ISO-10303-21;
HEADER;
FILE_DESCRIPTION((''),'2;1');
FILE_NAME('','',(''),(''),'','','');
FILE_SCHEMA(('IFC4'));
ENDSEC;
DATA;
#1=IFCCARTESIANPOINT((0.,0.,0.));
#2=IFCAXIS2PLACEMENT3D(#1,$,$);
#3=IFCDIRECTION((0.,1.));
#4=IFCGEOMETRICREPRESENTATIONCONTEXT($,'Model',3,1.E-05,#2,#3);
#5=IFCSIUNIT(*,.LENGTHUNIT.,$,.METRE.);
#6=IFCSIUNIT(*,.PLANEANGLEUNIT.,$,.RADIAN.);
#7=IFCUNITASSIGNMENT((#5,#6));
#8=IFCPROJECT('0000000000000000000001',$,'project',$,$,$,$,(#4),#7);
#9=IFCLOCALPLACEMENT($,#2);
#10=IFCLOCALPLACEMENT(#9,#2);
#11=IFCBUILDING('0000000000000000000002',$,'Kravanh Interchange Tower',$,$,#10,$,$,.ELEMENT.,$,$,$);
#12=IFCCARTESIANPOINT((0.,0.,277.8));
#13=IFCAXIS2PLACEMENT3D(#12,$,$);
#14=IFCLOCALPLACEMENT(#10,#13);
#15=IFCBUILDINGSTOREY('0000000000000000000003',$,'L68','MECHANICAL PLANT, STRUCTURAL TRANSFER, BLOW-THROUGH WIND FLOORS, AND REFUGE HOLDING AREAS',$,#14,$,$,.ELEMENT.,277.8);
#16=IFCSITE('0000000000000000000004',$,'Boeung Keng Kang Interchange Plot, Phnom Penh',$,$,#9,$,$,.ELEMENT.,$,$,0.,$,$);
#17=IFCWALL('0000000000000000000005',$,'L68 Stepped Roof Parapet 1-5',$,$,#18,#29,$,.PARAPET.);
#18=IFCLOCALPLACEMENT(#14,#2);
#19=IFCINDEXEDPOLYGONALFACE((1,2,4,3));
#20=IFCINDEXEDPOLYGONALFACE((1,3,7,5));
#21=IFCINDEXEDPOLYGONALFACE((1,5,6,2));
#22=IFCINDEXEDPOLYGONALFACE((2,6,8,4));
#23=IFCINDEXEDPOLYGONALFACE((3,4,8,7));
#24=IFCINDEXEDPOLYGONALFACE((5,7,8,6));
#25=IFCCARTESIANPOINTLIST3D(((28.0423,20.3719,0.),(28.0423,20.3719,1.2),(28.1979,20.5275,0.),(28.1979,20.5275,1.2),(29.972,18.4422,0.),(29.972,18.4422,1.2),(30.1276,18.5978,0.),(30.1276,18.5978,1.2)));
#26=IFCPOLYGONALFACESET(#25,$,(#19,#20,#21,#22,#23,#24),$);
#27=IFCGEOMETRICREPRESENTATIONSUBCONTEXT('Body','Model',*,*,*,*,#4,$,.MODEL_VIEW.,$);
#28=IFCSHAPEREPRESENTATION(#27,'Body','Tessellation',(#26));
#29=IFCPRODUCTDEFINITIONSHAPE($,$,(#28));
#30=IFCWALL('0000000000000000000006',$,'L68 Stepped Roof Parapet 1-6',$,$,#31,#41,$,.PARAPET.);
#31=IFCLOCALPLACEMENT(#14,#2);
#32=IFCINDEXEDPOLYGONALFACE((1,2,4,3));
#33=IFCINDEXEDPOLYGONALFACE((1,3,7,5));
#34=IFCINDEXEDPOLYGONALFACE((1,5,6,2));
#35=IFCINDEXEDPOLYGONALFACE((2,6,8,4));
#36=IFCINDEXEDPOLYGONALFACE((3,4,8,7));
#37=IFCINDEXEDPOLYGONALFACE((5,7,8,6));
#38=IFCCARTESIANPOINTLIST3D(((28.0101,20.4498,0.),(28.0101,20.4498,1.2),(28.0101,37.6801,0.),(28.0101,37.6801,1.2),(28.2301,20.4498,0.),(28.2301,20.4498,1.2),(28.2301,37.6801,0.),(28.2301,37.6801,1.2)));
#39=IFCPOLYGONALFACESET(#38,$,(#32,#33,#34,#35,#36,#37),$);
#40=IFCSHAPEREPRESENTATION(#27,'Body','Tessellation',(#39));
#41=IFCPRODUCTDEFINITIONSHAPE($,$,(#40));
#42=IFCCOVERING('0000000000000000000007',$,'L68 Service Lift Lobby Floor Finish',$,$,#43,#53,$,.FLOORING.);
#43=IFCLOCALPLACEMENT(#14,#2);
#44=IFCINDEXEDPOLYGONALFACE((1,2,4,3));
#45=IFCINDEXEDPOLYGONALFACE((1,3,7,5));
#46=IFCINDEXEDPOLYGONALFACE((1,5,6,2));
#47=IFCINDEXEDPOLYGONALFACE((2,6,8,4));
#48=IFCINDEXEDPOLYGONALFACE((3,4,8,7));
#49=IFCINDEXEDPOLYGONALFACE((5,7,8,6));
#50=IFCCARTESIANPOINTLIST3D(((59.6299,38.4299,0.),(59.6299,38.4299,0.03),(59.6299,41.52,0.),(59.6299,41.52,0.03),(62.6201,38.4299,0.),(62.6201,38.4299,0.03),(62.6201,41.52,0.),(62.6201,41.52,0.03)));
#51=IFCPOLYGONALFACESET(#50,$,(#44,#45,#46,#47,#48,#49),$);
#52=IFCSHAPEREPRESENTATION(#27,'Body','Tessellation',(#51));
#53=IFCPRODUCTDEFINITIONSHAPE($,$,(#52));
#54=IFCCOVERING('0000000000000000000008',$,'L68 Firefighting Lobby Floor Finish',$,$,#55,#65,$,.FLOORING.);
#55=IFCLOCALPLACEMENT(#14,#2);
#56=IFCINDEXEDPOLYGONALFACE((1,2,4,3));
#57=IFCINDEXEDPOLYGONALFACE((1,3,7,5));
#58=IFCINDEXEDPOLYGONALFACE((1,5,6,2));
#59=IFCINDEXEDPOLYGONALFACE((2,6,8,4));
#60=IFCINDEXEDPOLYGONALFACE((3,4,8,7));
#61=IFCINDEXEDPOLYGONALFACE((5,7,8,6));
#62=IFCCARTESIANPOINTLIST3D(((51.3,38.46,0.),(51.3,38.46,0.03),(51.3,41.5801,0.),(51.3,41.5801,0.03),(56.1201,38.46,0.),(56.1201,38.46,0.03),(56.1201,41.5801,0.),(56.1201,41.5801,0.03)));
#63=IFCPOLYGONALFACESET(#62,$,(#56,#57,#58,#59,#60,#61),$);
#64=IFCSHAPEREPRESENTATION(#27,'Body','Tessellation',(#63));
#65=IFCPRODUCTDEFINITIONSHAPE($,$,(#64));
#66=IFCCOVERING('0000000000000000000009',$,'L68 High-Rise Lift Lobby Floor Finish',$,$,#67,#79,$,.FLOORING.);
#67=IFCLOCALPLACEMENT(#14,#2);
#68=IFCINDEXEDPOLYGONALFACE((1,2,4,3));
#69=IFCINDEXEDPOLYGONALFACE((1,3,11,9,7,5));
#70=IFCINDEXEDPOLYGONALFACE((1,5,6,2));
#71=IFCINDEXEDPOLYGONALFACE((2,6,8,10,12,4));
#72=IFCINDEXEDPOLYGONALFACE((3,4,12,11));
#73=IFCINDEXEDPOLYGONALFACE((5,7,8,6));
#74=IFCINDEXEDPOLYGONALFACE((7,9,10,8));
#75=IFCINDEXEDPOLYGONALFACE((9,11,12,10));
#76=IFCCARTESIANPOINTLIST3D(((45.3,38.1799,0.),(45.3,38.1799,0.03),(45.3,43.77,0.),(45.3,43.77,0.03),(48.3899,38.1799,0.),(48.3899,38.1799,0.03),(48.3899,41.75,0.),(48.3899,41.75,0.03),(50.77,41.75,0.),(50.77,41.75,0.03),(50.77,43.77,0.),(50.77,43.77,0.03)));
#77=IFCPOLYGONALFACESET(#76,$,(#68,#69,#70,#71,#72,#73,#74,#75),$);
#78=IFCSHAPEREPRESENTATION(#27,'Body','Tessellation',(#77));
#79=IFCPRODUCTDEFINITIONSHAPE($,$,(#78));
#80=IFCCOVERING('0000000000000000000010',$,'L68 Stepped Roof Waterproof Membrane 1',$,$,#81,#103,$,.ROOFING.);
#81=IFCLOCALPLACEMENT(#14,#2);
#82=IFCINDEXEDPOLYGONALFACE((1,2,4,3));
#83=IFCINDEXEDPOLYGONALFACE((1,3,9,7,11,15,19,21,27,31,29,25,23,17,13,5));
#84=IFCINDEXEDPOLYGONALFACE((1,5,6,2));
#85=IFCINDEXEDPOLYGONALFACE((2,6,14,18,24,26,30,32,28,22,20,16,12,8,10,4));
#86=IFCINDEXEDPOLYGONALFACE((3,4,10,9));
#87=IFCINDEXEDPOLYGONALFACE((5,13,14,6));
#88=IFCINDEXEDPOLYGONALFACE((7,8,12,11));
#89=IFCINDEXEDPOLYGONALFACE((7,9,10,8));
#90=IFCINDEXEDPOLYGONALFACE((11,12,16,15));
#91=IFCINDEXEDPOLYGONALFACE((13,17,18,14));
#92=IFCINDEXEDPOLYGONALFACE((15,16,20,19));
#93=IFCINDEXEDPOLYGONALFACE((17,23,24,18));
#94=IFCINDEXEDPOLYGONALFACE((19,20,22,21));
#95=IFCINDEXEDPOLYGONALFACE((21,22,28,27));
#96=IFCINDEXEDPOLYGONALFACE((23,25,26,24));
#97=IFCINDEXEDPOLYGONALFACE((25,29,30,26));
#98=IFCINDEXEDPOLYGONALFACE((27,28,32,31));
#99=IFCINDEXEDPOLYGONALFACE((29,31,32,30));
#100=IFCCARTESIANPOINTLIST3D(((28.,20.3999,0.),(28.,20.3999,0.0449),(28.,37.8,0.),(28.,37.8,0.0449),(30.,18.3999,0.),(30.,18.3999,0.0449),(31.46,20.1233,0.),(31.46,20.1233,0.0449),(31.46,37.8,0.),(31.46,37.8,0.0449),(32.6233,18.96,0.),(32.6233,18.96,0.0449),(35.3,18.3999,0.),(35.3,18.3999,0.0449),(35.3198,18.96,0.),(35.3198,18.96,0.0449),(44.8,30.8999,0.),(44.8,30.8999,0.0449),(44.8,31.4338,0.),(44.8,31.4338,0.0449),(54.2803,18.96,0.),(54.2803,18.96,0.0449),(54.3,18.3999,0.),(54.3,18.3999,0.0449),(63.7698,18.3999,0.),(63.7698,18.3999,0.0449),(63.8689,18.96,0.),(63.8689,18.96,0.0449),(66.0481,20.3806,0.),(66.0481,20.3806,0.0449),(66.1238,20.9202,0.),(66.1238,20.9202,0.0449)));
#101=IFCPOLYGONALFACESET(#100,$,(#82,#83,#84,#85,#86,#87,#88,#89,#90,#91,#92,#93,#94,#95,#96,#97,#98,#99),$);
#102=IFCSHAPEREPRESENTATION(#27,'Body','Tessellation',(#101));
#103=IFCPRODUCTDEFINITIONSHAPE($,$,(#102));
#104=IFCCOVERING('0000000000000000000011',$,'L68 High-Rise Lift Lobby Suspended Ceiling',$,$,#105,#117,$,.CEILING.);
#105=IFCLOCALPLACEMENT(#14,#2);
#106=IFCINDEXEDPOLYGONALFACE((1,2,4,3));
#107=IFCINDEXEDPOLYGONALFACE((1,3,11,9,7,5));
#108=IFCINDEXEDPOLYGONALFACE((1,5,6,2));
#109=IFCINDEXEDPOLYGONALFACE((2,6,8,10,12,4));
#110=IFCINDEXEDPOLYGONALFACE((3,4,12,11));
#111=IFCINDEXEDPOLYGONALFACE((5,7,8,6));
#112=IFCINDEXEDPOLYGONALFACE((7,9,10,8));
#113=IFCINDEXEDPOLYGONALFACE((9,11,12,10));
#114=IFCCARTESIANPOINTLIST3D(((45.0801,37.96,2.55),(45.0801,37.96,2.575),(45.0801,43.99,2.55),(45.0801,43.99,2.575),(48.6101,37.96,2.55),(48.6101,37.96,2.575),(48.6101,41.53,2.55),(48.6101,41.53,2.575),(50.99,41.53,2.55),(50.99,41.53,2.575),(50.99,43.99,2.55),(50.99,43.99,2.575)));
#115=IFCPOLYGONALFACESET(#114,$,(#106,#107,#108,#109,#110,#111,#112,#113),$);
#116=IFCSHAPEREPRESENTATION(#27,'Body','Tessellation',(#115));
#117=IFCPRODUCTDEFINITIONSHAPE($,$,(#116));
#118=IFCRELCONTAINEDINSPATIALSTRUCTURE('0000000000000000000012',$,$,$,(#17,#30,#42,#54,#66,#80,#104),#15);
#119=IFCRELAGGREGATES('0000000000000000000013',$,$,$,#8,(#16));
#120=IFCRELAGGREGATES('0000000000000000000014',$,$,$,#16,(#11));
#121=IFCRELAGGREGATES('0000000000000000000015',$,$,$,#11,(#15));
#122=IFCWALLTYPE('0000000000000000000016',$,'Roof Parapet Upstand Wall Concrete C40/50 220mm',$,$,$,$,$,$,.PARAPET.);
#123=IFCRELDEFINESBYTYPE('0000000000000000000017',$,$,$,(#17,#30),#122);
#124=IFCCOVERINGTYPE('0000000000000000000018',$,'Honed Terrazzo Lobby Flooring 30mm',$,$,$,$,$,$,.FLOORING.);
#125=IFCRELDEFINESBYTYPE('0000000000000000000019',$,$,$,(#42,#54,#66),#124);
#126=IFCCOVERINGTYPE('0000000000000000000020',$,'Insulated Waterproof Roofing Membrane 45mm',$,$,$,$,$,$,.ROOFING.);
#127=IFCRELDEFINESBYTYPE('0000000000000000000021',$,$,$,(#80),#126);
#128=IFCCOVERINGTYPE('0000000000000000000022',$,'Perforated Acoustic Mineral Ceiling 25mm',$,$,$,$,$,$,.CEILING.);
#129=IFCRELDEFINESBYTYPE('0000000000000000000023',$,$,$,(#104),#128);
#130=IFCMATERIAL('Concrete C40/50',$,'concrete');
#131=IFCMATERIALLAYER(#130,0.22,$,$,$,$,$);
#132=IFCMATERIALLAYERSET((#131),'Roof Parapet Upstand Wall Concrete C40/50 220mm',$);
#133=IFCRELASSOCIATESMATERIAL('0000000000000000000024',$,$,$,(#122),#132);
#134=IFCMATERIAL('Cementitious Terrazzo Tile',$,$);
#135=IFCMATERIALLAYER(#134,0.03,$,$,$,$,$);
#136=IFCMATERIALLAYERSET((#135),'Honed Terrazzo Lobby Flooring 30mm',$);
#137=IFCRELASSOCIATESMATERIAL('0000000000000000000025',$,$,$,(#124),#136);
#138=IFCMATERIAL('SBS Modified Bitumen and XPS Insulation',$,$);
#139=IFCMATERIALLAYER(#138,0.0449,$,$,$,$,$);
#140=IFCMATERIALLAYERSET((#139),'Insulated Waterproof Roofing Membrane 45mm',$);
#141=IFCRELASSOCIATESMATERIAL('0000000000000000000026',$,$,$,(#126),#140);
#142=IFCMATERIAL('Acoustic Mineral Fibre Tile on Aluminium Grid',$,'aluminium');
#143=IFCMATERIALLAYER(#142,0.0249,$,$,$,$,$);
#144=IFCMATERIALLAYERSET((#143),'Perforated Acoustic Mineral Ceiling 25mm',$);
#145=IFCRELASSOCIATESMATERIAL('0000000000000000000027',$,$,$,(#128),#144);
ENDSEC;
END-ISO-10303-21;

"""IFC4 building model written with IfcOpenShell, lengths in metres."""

from ifc_helpers import new_model, si_unit, direction, frame, frame_2d, origin, place, context, subcontext, project, spatial, polyline, rectangle, outline, extrude, material, layer, layer_set, type_object, element, save


model = new_model("IFC4")

# Units and contexts
model_context = context("Model", 3, precision=1e-05, world=origin(), true_north=direction((0.0, 1.0)))
body_context = subcontext(model_context, "Body", "Model", "MODEL_VIEW")
ifc_project = project(units=[si_unit("LENGTHUNIT", "METRE"), si_unit("PLANEANGLEUNIT", "RADIAN")], contexts=[model_context])

# Site, building, storey
site_placement = place(None, origin())
site = spatial("IfcSite", under=ifc_project, at=site_placement, Name="Boeung Keng Kang Interchange Plot, Phnom Penh", CompositionType="ELEMENT", RefElevation=0.0)
building_placement = place(site_placement, origin())
building = spatial("IfcBuilding", under=site, at=building_placement, Name="Kravanh Interchange Tower", CompositionType="ELEMENT")
storey_placement = place(building_placement, frame((0.0, 0.0, 277.8)))
storey = spatial("IfcBuildingStorey", under=building, at=storey_placement, Name="L68", Description="MECHANICAL PLANT, STRUCTURAL TRANSFER, BLOW-THROUGH WIND FLOORS, AND REFUGE HOLDING AREAS", CompositionType="ELEMENT", Elevation=277.8)

# Walls
ifc_material_1 = material(Name="Concrete C40/50", Category="concrete")
ifc_layer_1 = layer(ifc_material_1, 0.22)
ifc_layer_set_1 = layer_set([ifc_layer_1], Name="Roof Parapet Upstand Wall Concrete C40/50 220mm")
wall_type_1 = type_object("IfcWallType", Name="Roof Parapet Upstand Wall Concrete C40/50 220mm", PredefinedType="PARAPET", material=ifc_layer_set_1)
wall_1_placement = place(storey_placement, frame((30.0498, 18.52, 0.0), z_axis=(0.0, 0.0, 1.0), x_axis=(-0.707107, 0.707107, 0.0)))
element("IfcWall", 1, at=wall_1_placement, inside=storey, type_object=wall_type_1, Name="L68 Stepped Roof Parapet 1-5", PredefinedType="PARAPET", context=body_context, shape_type="SweptSolid", body=[
    extrude(rectangle(XDim=2.729, YDim=0.22, at=frame_2d((1.3645, 0.0))), origin(), (0.0, 0.0, 1.0), 1.2),
])
wall_2_placement = place(storey_placement, frame((28.1201, 20.4497, 0.0), z_axis=(0.0, 0.0, 1.0), x_axis=(0.0, 1.0, 0.0)))
element("IfcWall", 2, at=wall_2_placement, inside=storey, type_object=wall_type_1, Name="L68 Stepped Roof Parapet 1-6", PredefinedType="PARAPET", context=body_context, shape_type="SweptSolid", body=[
    extrude(rectangle(XDim=17.2302, YDim=0.22, at=frame_2d((8.6152, 0.0))), origin(), (0.0, 0.0, 1.0), 1.2),
])

# Coverings
ifc_material_2 = material(Name="Cementitious Terrazzo Tile")
ifc_layer_2 = layer(ifc_material_2, 0.03)
ifc_layer_set_2 = layer_set([ifc_layer_2], Name="Honed Terrazzo Lobby Flooring 30mm")
covering_type_1 = type_object("IfcCoveringType", Name="Honed Terrazzo Lobby Flooring 30mm", PredefinedType="FLOORING", material=ifc_layer_set_2)
covering_1_placement = place(storey_placement, origin())
element("IfcCovering", 3, at=covering_1_placement, inside=storey, type_object=covering_type_1, Name="L68 Service Lift Lobby Floor Finish", PredefinedType="FLOORING", context=body_context, shape_type="SweptSolid", body=[
    extrude(outline(polyline([(59.6299, 41.52), (62.6201, 41.52), (62.6201, 38.4299), (59.6299, 38.4299), (59.6299, 41.52)])), origin(), (0.0, 0.0, 1.0), 0.03),
])
covering_2_placement = place(storey_placement, origin())
element("IfcCovering", 4, at=covering_2_placement, inside=storey, type_object=covering_type_1, Name="L68 Firefighting Lobby Floor Finish", PredefinedType="FLOORING", context=body_context, shape_type="SweptSolid", body=[
    extrude(outline(polyline([(56.1201, 38.46), (51.3, 38.46), (51.3, 41.5801), (56.1201, 41.5801), (56.1201, 38.46)])), origin(), (0.0, 0.0, 1.0), 0.03),
])
covering_3_placement = place(storey_placement, origin())
element("IfcCovering", 5, at=covering_3_placement, inside=storey, type_object=covering_type_1, Name="L68 High-Rise Lift Lobby Floor Finish", PredefinedType="FLOORING", context=body_context, shape_type="SweptSolid", body=[
    extrude(outline(polyline([(45.3, 43.77), (50.77, 43.77), (50.77, 41.75), (48.3899, 41.75), (48.3899, 38.1799), (45.3, 38.1799), (45.3, 43.77)])), origin(), (0.0, 0.0, 1.0), 0.03),
])
ifc_material_3 = material(Name="SBS Modified Bitumen and XPS Insulation")
ifc_layer_3 = layer(ifc_material_3, 0.0449)
ifc_layer_set_3 = layer_set([ifc_layer_3], Name="Insulated Waterproof Roofing Membrane 45mm")
covering_type_2 = type_object("IfcCoveringType", Name="Insulated Waterproof Roofing Membrane 45mm", PredefinedType="ROOFING", material=ifc_layer_set_3)
covering_4_placement = place(storey_placement, origin())
element("IfcCovering", 6, at=covering_4_placement, inside=storey, type_object=covering_type_2, Name="L68 Stepped Roof Waterproof Membrane 1", PredefinedType="ROOFING", context=body_context, shape_type="SweptSolid", body=[
    extrude(outline(polyline([(63.7698, 18.3999), (54.3, 18.3999), (44.8, 30.8999), (35.3, 18.3999), (30.0, 18.3999), (28.0, 20.3999), (28.0, 37.8), (31.46, 37.8), (31.46, 20.1233), (32.6233, 18.96), (35.3198, 18.96), (44.8, 31.4338), (54.2803, 18.96), (63.8689, 18.96), (66.1238, 20.9202), (66.0481, 20.3806), (63.7698, 18.3999)])), origin(), (0.0, 0.0, 1.0), 0.0449),
])
ifc_material_4 = material(Name="Acoustic Mineral Fibre Tile on Aluminium Grid", Category="aluminium")
ifc_layer_4 = layer(ifc_material_4, 0.0249)
ifc_layer_set_4 = layer_set([ifc_layer_4], Name="Perforated Acoustic Mineral Ceiling 25mm")
covering_type_3 = type_object("IfcCoveringType", Name="Perforated Acoustic Mineral Ceiling 25mm", PredefinedType="CEILING", material=ifc_layer_set_4)
covering_5_placement = place(storey_placement, frame((0.0, 0.0, 2.55)))
element("IfcCovering", 7, at=covering_5_placement, inside=storey, type_object=covering_type_3, Name="L68 High-Rise Lift Lobby Suspended Ceiling", PredefinedType="CEILING", context=body_context, shape_type="SweptSolid", body=[
    extrude(outline(polyline([(50.99, 41.53), (48.6101, 41.53), (48.6101, 37.96), (45.0801, 37.96), (45.0801, 43.99), (50.99, 43.99), (50.99, 41.53)])), origin(), (0.0, 0.0, 1.0), 0.0249),
])

save(model, "model.ifc")
